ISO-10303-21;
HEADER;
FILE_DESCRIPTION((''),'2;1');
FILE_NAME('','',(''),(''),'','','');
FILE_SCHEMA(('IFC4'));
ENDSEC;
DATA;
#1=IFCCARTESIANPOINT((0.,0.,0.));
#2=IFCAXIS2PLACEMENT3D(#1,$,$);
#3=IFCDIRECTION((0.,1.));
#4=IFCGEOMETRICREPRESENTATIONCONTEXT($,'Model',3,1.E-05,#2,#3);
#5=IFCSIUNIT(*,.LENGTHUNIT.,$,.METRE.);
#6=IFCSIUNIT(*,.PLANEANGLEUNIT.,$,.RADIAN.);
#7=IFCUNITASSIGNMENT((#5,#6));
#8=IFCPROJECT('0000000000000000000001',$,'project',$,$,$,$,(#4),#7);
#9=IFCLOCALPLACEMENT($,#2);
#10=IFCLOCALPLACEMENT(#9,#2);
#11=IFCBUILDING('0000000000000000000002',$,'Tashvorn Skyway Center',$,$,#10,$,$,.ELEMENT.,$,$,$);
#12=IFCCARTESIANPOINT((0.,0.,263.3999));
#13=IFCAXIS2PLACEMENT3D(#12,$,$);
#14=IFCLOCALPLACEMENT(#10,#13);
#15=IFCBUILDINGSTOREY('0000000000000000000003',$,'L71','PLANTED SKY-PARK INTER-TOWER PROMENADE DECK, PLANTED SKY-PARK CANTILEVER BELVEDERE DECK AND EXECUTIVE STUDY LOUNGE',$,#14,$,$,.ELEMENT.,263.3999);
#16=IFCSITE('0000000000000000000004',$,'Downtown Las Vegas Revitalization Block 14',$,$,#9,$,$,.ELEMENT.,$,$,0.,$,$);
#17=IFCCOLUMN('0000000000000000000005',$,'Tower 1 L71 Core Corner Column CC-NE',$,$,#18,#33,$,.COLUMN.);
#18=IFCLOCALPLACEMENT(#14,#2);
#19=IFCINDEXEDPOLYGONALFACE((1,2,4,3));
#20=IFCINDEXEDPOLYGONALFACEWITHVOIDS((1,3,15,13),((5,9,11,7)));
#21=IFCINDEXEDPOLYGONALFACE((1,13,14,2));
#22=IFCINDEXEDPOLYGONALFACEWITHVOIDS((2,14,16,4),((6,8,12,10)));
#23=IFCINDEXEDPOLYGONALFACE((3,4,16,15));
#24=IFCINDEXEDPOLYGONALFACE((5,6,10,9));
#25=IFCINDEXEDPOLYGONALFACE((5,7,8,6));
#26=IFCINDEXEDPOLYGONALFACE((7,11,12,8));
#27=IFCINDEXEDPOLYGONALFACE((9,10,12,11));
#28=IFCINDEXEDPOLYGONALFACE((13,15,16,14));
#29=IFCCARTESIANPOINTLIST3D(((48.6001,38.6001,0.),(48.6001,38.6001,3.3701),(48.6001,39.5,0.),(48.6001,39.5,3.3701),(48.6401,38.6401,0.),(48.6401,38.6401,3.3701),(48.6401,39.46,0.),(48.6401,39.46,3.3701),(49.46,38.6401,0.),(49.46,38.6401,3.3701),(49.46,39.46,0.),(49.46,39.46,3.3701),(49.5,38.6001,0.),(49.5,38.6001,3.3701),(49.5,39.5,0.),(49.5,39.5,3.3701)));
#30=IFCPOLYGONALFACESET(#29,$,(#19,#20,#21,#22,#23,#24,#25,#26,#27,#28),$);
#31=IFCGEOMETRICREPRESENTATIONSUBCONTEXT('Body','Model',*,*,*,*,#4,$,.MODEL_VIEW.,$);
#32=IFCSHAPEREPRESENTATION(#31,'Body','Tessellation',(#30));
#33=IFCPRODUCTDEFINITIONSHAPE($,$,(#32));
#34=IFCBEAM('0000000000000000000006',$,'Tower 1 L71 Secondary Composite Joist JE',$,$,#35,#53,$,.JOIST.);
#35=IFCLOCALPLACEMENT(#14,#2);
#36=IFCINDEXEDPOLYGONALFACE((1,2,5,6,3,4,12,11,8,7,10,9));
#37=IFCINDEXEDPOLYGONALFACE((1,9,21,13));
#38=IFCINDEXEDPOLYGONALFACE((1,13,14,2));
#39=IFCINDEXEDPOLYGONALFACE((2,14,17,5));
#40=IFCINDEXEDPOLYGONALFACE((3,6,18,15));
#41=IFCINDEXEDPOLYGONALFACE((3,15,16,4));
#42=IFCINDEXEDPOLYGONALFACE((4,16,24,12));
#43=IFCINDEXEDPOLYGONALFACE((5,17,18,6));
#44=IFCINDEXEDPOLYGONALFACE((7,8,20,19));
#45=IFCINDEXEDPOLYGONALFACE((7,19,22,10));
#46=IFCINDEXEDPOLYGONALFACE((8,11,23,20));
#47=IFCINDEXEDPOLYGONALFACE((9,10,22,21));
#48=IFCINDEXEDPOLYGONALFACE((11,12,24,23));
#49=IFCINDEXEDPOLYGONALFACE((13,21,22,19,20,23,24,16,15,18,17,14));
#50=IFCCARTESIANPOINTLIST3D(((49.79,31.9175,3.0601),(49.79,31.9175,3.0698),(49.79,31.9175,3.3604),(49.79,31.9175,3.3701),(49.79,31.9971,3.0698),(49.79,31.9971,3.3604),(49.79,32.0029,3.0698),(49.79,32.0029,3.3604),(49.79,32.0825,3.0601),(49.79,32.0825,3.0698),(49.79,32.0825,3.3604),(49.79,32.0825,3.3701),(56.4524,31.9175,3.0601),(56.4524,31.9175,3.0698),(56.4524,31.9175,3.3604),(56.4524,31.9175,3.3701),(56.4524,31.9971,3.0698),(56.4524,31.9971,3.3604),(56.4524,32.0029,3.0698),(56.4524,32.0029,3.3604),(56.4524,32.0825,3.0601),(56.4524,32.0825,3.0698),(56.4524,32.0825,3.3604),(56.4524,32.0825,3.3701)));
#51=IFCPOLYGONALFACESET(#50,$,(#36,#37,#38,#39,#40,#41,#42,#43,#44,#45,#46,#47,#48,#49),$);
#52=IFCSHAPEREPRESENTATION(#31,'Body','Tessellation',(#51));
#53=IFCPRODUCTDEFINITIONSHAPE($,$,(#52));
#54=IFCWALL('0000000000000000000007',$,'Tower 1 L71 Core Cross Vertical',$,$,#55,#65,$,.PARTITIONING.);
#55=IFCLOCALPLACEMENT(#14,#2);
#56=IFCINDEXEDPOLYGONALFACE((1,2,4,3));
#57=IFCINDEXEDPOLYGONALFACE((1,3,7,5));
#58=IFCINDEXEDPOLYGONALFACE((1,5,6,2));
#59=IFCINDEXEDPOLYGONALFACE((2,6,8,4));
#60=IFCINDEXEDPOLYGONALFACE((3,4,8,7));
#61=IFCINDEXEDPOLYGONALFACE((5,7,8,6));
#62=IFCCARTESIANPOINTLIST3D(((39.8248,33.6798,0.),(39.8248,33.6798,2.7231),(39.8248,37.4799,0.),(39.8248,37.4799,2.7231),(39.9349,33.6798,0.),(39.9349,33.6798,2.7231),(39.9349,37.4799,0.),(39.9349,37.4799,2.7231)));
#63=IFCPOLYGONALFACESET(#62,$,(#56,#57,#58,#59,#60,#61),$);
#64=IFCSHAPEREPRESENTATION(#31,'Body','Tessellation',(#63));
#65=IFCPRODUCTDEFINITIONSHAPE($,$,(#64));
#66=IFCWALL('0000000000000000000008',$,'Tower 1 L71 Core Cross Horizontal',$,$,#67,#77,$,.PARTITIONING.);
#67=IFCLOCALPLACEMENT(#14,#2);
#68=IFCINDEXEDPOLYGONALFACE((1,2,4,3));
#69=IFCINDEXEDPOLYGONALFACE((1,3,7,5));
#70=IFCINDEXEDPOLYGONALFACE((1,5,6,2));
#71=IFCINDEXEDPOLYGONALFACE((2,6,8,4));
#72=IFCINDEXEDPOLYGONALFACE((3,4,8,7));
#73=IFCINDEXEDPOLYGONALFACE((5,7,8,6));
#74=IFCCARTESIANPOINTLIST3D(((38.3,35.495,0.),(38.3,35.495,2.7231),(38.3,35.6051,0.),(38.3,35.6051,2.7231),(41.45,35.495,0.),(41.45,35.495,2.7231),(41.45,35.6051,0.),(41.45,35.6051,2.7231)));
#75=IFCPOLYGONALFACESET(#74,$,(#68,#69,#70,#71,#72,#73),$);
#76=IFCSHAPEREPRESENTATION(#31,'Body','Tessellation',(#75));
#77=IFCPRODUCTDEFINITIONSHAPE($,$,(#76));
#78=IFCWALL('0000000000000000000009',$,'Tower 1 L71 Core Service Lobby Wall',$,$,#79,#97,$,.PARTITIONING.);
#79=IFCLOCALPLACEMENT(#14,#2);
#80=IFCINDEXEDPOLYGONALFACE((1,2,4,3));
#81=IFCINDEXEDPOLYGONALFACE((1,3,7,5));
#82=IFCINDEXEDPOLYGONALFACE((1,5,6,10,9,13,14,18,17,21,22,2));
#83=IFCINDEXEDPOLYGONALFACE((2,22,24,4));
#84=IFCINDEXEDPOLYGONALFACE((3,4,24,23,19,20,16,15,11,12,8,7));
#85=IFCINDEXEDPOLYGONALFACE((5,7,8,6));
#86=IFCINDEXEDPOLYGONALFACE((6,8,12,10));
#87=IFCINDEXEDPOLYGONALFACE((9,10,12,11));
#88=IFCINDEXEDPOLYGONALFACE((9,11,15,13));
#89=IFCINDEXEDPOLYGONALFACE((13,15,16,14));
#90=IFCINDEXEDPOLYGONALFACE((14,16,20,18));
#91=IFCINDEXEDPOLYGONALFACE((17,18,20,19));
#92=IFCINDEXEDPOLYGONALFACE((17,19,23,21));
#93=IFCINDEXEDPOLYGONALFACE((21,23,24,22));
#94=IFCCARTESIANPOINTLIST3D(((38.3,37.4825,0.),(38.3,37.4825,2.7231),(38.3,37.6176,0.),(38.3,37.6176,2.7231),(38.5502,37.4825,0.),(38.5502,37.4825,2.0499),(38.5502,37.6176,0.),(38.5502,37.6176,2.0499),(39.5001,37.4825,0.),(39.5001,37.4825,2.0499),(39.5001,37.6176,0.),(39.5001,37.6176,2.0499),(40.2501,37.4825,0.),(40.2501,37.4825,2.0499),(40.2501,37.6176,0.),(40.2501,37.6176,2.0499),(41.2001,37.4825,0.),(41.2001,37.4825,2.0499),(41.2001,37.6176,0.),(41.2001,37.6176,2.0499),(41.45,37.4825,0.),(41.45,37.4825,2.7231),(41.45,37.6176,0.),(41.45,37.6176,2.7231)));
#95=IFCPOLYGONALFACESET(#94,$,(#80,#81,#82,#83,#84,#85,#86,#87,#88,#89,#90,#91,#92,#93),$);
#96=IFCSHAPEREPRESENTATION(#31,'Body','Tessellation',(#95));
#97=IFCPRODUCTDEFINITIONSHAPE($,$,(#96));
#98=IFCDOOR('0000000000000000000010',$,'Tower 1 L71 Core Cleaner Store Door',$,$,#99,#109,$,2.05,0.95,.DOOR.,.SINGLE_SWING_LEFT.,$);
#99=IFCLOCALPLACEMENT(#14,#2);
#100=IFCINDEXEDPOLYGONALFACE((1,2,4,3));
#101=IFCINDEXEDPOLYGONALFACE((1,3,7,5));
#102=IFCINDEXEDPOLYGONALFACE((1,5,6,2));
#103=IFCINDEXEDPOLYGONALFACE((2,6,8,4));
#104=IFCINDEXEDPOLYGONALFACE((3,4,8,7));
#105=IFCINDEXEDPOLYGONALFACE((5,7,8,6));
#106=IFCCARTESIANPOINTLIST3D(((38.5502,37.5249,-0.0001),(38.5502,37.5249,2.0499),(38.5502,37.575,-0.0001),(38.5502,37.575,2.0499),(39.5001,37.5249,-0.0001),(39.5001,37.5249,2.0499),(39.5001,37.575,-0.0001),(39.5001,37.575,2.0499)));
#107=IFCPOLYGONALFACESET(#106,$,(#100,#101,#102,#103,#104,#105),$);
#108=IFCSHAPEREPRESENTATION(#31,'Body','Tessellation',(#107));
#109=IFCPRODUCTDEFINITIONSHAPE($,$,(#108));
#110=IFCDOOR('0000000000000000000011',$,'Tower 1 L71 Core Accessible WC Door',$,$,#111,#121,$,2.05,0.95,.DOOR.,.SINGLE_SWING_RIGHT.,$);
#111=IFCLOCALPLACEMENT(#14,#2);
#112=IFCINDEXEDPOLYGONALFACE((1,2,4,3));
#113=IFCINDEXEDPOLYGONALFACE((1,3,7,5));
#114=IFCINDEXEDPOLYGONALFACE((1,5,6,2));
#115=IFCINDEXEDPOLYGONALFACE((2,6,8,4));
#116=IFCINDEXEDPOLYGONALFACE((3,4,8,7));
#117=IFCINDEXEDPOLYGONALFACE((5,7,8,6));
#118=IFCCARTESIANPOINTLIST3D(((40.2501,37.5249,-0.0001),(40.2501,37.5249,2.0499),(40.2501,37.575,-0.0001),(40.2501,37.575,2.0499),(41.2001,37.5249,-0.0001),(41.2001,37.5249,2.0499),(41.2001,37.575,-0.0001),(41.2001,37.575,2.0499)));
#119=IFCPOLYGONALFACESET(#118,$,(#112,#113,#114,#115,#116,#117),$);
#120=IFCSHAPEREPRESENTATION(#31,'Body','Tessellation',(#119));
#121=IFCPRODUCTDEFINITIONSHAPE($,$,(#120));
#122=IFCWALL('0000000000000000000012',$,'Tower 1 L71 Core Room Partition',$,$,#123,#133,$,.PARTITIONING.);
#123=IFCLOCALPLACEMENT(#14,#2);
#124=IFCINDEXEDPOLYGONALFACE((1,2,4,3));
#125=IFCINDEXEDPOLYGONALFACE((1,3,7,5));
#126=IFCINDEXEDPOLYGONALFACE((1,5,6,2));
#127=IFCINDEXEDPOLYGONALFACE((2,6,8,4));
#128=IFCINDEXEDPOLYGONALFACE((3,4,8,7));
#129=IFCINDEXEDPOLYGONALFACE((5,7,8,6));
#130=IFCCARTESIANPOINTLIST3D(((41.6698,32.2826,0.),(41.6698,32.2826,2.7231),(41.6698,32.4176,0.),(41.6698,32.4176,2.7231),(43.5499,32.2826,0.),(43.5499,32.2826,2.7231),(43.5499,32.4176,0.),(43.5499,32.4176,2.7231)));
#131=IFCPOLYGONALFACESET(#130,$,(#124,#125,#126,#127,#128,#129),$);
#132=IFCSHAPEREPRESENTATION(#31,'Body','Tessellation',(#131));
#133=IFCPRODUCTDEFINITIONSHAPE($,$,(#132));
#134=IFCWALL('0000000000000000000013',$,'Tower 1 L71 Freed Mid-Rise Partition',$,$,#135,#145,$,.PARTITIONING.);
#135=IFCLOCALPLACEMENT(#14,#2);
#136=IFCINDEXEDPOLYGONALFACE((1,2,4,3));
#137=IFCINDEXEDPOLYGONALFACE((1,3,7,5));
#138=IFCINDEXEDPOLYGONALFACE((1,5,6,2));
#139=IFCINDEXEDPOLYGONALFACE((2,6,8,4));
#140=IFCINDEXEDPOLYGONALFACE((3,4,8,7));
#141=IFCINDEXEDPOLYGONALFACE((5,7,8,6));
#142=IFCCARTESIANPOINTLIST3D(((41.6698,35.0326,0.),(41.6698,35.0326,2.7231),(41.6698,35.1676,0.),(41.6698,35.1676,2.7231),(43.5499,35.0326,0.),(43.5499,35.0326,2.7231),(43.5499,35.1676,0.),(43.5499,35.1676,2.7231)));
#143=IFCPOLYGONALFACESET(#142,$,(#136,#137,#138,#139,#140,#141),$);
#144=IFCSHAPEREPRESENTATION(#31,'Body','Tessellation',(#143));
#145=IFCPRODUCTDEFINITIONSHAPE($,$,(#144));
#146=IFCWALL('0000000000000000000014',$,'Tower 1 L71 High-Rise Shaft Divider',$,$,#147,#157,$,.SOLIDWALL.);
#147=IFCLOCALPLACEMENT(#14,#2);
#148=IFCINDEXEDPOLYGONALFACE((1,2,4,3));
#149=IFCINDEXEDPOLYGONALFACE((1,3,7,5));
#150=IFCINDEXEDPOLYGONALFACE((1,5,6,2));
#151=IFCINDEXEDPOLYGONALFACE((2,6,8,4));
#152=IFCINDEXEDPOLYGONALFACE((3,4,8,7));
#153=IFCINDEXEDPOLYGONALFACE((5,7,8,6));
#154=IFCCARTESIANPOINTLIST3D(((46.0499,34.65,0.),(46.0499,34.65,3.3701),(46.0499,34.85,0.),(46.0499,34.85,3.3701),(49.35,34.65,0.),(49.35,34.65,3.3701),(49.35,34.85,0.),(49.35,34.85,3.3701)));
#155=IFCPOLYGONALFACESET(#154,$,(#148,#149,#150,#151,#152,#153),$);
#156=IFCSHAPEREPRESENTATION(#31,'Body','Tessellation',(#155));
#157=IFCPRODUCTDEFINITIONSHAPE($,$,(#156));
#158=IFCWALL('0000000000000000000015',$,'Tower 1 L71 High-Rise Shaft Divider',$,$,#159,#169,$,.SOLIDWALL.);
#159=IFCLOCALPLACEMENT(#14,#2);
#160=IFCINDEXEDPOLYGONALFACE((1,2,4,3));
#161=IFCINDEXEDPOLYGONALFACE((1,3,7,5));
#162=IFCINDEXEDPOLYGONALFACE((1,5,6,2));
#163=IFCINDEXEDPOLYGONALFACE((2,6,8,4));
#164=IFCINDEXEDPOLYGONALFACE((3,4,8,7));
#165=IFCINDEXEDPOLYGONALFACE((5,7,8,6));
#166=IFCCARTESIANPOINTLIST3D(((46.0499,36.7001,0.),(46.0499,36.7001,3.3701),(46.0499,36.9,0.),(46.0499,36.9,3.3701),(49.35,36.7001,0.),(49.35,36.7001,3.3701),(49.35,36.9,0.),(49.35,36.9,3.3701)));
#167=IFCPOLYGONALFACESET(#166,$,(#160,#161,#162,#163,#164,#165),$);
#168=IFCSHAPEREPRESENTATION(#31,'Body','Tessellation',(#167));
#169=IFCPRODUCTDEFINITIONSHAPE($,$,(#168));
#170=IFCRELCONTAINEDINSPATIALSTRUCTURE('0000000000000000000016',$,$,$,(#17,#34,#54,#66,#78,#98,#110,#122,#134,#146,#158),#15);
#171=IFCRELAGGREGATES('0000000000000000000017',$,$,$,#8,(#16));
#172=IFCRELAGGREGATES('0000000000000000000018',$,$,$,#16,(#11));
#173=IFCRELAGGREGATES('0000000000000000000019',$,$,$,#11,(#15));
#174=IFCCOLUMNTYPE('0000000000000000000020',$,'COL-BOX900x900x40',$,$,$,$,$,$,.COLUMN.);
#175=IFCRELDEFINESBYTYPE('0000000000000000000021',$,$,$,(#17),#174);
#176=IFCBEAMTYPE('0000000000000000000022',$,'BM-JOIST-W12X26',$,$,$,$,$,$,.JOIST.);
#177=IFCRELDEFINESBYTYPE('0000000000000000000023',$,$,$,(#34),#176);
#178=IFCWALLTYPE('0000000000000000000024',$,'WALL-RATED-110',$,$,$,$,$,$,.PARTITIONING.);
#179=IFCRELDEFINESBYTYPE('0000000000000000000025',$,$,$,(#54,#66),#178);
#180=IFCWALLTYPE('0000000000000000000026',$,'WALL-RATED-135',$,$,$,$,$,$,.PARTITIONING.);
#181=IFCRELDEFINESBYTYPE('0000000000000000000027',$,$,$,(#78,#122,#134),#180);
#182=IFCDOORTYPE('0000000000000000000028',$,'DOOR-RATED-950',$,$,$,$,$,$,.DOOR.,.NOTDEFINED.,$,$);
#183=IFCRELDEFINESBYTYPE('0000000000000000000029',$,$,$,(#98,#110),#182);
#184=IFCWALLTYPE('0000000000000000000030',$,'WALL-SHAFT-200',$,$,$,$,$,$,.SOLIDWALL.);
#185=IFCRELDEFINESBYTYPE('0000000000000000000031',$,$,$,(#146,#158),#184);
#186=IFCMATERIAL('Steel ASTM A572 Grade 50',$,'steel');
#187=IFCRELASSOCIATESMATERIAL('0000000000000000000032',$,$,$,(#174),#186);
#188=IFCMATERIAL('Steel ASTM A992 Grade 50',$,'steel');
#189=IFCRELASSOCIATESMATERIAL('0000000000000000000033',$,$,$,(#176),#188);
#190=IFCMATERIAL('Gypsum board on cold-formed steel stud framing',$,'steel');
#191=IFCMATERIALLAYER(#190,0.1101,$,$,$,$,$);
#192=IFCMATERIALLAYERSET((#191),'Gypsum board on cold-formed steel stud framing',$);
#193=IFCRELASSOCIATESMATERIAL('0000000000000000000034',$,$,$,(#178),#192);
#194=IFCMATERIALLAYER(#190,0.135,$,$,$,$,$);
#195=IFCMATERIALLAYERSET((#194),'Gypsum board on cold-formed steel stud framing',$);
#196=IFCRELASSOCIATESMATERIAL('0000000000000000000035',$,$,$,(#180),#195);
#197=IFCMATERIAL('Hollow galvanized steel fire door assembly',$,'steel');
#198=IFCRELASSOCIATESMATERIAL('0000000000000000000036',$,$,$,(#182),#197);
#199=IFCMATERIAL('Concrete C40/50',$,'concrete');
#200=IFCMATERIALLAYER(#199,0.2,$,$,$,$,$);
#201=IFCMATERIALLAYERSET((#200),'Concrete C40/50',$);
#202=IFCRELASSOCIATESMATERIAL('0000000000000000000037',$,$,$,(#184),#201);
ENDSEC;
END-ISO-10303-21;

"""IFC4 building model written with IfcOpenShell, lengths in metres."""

from ifc_helpers import new_model, si_unit, direction, frame, frame_2d, origin, origin_2d, place, context, subcontext, project, spatial, rectangle, hollow_rectangle, i_section, extrude, material, layer, layer_set, material_profile, profile_set, type_object, element, fill, save


model = new_model("IFC4")

# Units and contexts
model_context = context("Model", 3, precision=1e-05, world=origin(), true_north=direction((0.0, 1.0)))
body_context = subcontext(model_context, "Body", "Model", "MODEL_VIEW")
ifc_project = project(units=[si_unit("LENGTHUNIT", "METRE"), si_unit("PLANEANGLEUNIT", "RADIAN")], contexts=[model_context])

# Site, building, storey
site_placement = place(None, origin())
site = spatial("IfcSite", under=ifc_project, at=site_placement, Name="Downtown Las Vegas Revitalization Block 14", CompositionType="ELEMENT", RefElevation=0.0)
building_placement = place(site_placement, origin())
building = spatial("IfcBuilding", under=site, at=building_placement, Name="Tashvorn Skyway Center", CompositionType="ELEMENT")
storey_placement = place(building_placement, frame((0.0, 0.0, 263.3999)))
storey = spatial("IfcBuildingStorey", under=building, at=storey_placement, Name="L71", Description="PLANTED SKY-PARK INTER-TOWER PROMENADE DECK, PLANTED SKY-PARK CANTILEVER BELVEDERE DECK AND EXECUTIVE STUDY LOUNGE", CompositionType="ELEMENT", Elevation=263.3999)

# Column
ifc_material_1 = material(Name="Steel ASTM A572 Grade 50", Category="steel")
ifc_material_profile_1 = material_profile(ifc_material_1, hollow_rectangle(XDim=0.8999, YDim=0.8999, WallThickness=0.04, at=origin_2d()), Name="BOX900x900x40")
ifc_profile_set_1 = profile_set([ifc_material_profile_1], Name="Steel ASTM A572 Grade 50")
column_type = type_object("IfcColumnType", Name="COL-BOX900x900x40", PredefinedType="COLUMN", material=ifc_profile_set_1)
column_placement = place(storey_placement, frame((49.05, 39.05, 0.0), z_axis=(0.0, 0.0, 1.0), x_axis=(1.0, 0.0, 0.0)))
element("IfcColumn", 1, at=column_placement, inside=storey, type_object=column_type, Name="Tower 1 L71 Core Corner Column CC-NE", PredefinedType="COLUMN", context=body_context, shape_type="SweptSolid", body=[
    extrude(hollow_rectangle(XDim=0.8999, YDim=0.8999, WallThickness=0.04, at=origin_2d()), origin(), (0.0, 0.0, 1.0), 3.3701),
])

# Beam
ifc_material_2 = material(Name="Steel ASTM A992 Grade 50", Category="steel")
ifc_material_profile_2 = material_profile(ifc_material_2, i_section(OverallWidth=0.165, OverallDepth=0.3101, WebThickness=0.0059, FlangeThickness=0.0098, at=origin_2d()), Name="W12X26")
ifc_profile_set_2 = profile_set([ifc_material_profile_2], Name="Steel ASTM A992 Grade 50")
beam_type = type_object("IfcBeamType", Name="BM-JOIST-W12X26", PredefinedType="JOIST", material=ifc_profile_set_2)
beam_placement = place(storey_placement, frame((49.79, 32.0, 3.2151), z_axis=(1.0, 0.0, 0.0), x_axis=(0.0, 1.0, 0.0)))
element("IfcBeam", 2, at=beam_placement, inside=storey, type_object=beam_type, Name="Tower 1 L71 Secondary Composite Joist JE", PredefinedType="JOIST", context=body_context, shape_type="SweptSolid", body=[
    extrude(i_section(OverallWidth=0.165, OverallDepth=0.3101, WebThickness=0.0059, FlangeThickness=0.0098, at=origin_2d()), origin(), (0.0, 0.0, 1.0), 6.6624),
])

# Walls
ifc_material_3 = material(Name="Gypsum board on cold-formed steel stud framing", Category="steel")
ifc_layer_1 = layer(ifc_material_3, 0.1101)
ifc_layer_set_1 = layer_set([ifc_layer_1], Name="Gypsum board on cold-formed steel stud framing")
wall_type_1 = type_object("IfcWallType", Name="WALL-RATED-110", PredefinedType="PARTITIONING", material=ifc_layer_set_1)
wall_1_placement = place(storey_placement, frame((39.8799, 33.6799, 0.0), z_axis=(0.0, 0.0, 1.0), x_axis=(0.0, 1.0, 0.0)))
element("IfcWall", 3, at=wall_1_placement, inside=storey, type_object=wall_type_1, Name="Tower 1 L71 Core Cross Vertical", PredefinedType="PARTITIONING", context=body_context, shape_type="SweptSolid", body=[
    extrude(rectangle(XDim=3.8, YDim=0.1101, at=frame_2d((1.8999, 0.0))), origin(), (0.0, 0.0, 1.0), 2.7231),
])
wall_2_placement = place(storey_placement, frame((38.3, 35.55, 0.0), z_axis=(0.0, 0.0, 1.0), x_axis=(1.0, 0.0, 0.0)))
element("IfcWall", 4, at=wall_2_placement, inside=storey, type_object=wall_type_1, Name="Tower 1 L71 Core Cross Horizontal", PredefinedType="PARTITIONING", context=body_context, shape_type="SweptSolid", body=[
    extrude(rectangle(XDim=3.1499, YDim=0.1101, at=frame_2d((1.575, 0.0))), origin(), (0.0, 0.0, 1.0), 2.7231),
])

# Wall, openings, doors
ifc_layer_2 = layer(ifc_material_3, 0.135)
ifc_layer_set_2 = layer_set([ifc_layer_2], Name="Gypsum board on cold-formed steel stud framing")
wall_type_2 = type_object("IfcWallType", Name="WALL-RATED-135", PredefinedType="PARTITIONING", material=ifc_layer_set_2)
wall_3_placement = place(storey_placement, frame((38.3, 37.55, 0.0), z_axis=(0.0, 0.0, 1.0), x_axis=(1.0, 0.0, 0.0)))
wall_3 = element("IfcWall", 5, at=wall_3_placement, inside=storey, type_object=wall_type_2, Name="Tower 1 L71 Core Service Lobby Wall", PredefinedType="PARTITIONING", context=body_context, shape_type="SweptSolid", body=[
    extrude(rectangle(XDim=3.1499, YDim=0.135, at=frame_2d((1.575, 0.0))), origin(), (0.0, 0.0, 1.0), 2.7231),
])
opening_1_placement = place(wall_3_placement, frame((0.25, 0.0, 0.0)))
opening_1 = element("IfcOpeningElement", 6, at=opening_1_placement, cuts=wall_3, PredefinedType="OPENING", context=body_context, shape_type="SweptSolid", body=[
    extrude(rectangle(XDim=0.95, YDim=2.05, at=frame_2d((0.4751, 1.0249))), frame((0.0, 0.0774, 0.0), z_axis=(0.0, -1.0, 0.0), x_axis=(1.0, 0.0, 0.0)), (0.0, 0.0, 1.0), 0.155),
])
opening_2_placement = place(wall_3_placement, frame((1.95, 0.0, 0.0)))
opening_2 = element("IfcOpeningElement", 7, at=opening_2_placement, cuts=wall_3, PredefinedType="OPENING", context=body_context, shape_type="SweptSolid", body=[
    extrude(rectangle(XDim=0.95, YDim=2.05, at=frame_2d((0.4751, 1.0249))), frame((0.0, 0.0774, 0.0), z_axis=(0.0, -1.0, 0.0), x_axis=(1.0, 0.0, 0.0)), (0.0, 0.0, 1.0), 0.155),
])
ifc_material_4 = material(Name="Hollow galvanized steel fire door assembly", Category="steel")
door_type_1 = type_object("IfcDoorType", Name="DOOR-RATED-950", OperationType="NOTDEFINED", PredefinedType="DOOR", material=ifc_material_4)
door_1_placement = place(opening_1_placement, origin())
door_1 = element("IfcDoor", 8, at=door_1_placement, inside=storey, type_object=door_type_1, Name="Tower 1 L71 Core Cleaner Store Door", OperationType="SINGLE_SWING_LEFT", OverallHeight=2.05, OverallWidth=0.95, PredefinedType="DOOR", context=body_context, shape_type="SweptSolid", body=[
    extrude(rectangle(XDim=0.95, YDim=2.05, at=frame_2d((0.4751, 1.0249))), frame((0.0, 0.0249, 0.0), z_axis=(0.0, -1.0, 0.0), x_axis=(1.0, 0.0, 0.0)), (0.0, 0.0, 1.0), 0.05),
])
fill(opening_1, door_1)
door_2_placement = place(opening_2_placement, origin())
door_2 = element("IfcDoor", 9, at=door_2_placement, inside=storey, type_object=door_type_1, Name="Tower 1 L71 Core Accessible WC Door", OperationType="SINGLE_SWING_RIGHT", OverallHeight=2.05, OverallWidth=0.95, PredefinedType="DOOR", context=body_context, shape_type="SweptSolid", body=[
    extrude(rectangle(XDim=0.95, YDim=2.05, at=frame_2d((0.4751, 1.0249))), frame((0.0, 0.0249, 0.0), z_axis=(0.0, -1.0, 0.0), x_axis=(1.0, 0.0, 0.0)), (0.0, 0.0, 1.0), 0.05),
])
fill(opening_2, door_2)

# Walls
for number, where, z_axis, x_axis, name in (
    (10, (41.6699, 32.3501, 0.0), (0.0, 0.0, 1.0), (1.0, 0.0, 0.0), "Tower 1 L71 Core Room Partition"),
    (11, (41.6699, 35.1001, 0.0), (0.0, 0.0, 1.0), (1.0, 0.0, 0.0), "Tower 1 L71 Freed Mid-Rise Partition"),
):
    element("IfcWall", number, at=place(storey_placement, frame(where, z_axis=z_axis, x_axis=x_axis)), inside=storey, type_object=wall_type_2, Name=name, PredefinedType="PARTITIONING", context=body_context, shape_type="SweptSolid", body=[
        extrude(rectangle(XDim=1.8801, YDim=0.135, at=frame_2d((0.9399, 0.0))), origin(), (0.0, 0.0, 1.0), 2.7231),
    ])
ifc_material_5 = material(Name="Concrete C40/50", Category="concrete")
ifc_layer_3 = layer(ifc_material_5, 0.2)
ifc_layer_set_3 = layer_set([ifc_layer_3], Name="Concrete C40/50")
wall_type_3 = type_object("IfcWallType", Name="WALL-SHAFT-200", PredefinedType="SOLIDWALL", material=ifc_layer_set_3)
for number, where, z_axis, x_axis, name in (
    (12, (46.05, 34.75, 0.0), (0.0, 0.0, 1.0), (1.0, 0.0, 0.0), "Tower 1 L71 High-Rise Shaft Divider"),
    (13, (46.05, 36.8, 0.0), (0.0, 0.0, 1.0), (1.0, 0.0, 0.0), "Tower 1 L71 High-Rise Shaft Divider"),
):
    element("IfcWall", number, at=place(storey_placement, frame(where, z_axis=z_axis, x_axis=x_axis)), inside=storey, type_object=wall_type_3, Name=name, PredefinedType="SOLIDWALL", context=body_context, shape_type="SweptSolid", body=[
        extrude(rectangle(XDim=3.3, YDim=0.2, at=frame_2d((1.6499, 0.0))), origin(), (0.0, 0.0, 1.0), 3.3701),
    ])

save(model, "model.ifc")
